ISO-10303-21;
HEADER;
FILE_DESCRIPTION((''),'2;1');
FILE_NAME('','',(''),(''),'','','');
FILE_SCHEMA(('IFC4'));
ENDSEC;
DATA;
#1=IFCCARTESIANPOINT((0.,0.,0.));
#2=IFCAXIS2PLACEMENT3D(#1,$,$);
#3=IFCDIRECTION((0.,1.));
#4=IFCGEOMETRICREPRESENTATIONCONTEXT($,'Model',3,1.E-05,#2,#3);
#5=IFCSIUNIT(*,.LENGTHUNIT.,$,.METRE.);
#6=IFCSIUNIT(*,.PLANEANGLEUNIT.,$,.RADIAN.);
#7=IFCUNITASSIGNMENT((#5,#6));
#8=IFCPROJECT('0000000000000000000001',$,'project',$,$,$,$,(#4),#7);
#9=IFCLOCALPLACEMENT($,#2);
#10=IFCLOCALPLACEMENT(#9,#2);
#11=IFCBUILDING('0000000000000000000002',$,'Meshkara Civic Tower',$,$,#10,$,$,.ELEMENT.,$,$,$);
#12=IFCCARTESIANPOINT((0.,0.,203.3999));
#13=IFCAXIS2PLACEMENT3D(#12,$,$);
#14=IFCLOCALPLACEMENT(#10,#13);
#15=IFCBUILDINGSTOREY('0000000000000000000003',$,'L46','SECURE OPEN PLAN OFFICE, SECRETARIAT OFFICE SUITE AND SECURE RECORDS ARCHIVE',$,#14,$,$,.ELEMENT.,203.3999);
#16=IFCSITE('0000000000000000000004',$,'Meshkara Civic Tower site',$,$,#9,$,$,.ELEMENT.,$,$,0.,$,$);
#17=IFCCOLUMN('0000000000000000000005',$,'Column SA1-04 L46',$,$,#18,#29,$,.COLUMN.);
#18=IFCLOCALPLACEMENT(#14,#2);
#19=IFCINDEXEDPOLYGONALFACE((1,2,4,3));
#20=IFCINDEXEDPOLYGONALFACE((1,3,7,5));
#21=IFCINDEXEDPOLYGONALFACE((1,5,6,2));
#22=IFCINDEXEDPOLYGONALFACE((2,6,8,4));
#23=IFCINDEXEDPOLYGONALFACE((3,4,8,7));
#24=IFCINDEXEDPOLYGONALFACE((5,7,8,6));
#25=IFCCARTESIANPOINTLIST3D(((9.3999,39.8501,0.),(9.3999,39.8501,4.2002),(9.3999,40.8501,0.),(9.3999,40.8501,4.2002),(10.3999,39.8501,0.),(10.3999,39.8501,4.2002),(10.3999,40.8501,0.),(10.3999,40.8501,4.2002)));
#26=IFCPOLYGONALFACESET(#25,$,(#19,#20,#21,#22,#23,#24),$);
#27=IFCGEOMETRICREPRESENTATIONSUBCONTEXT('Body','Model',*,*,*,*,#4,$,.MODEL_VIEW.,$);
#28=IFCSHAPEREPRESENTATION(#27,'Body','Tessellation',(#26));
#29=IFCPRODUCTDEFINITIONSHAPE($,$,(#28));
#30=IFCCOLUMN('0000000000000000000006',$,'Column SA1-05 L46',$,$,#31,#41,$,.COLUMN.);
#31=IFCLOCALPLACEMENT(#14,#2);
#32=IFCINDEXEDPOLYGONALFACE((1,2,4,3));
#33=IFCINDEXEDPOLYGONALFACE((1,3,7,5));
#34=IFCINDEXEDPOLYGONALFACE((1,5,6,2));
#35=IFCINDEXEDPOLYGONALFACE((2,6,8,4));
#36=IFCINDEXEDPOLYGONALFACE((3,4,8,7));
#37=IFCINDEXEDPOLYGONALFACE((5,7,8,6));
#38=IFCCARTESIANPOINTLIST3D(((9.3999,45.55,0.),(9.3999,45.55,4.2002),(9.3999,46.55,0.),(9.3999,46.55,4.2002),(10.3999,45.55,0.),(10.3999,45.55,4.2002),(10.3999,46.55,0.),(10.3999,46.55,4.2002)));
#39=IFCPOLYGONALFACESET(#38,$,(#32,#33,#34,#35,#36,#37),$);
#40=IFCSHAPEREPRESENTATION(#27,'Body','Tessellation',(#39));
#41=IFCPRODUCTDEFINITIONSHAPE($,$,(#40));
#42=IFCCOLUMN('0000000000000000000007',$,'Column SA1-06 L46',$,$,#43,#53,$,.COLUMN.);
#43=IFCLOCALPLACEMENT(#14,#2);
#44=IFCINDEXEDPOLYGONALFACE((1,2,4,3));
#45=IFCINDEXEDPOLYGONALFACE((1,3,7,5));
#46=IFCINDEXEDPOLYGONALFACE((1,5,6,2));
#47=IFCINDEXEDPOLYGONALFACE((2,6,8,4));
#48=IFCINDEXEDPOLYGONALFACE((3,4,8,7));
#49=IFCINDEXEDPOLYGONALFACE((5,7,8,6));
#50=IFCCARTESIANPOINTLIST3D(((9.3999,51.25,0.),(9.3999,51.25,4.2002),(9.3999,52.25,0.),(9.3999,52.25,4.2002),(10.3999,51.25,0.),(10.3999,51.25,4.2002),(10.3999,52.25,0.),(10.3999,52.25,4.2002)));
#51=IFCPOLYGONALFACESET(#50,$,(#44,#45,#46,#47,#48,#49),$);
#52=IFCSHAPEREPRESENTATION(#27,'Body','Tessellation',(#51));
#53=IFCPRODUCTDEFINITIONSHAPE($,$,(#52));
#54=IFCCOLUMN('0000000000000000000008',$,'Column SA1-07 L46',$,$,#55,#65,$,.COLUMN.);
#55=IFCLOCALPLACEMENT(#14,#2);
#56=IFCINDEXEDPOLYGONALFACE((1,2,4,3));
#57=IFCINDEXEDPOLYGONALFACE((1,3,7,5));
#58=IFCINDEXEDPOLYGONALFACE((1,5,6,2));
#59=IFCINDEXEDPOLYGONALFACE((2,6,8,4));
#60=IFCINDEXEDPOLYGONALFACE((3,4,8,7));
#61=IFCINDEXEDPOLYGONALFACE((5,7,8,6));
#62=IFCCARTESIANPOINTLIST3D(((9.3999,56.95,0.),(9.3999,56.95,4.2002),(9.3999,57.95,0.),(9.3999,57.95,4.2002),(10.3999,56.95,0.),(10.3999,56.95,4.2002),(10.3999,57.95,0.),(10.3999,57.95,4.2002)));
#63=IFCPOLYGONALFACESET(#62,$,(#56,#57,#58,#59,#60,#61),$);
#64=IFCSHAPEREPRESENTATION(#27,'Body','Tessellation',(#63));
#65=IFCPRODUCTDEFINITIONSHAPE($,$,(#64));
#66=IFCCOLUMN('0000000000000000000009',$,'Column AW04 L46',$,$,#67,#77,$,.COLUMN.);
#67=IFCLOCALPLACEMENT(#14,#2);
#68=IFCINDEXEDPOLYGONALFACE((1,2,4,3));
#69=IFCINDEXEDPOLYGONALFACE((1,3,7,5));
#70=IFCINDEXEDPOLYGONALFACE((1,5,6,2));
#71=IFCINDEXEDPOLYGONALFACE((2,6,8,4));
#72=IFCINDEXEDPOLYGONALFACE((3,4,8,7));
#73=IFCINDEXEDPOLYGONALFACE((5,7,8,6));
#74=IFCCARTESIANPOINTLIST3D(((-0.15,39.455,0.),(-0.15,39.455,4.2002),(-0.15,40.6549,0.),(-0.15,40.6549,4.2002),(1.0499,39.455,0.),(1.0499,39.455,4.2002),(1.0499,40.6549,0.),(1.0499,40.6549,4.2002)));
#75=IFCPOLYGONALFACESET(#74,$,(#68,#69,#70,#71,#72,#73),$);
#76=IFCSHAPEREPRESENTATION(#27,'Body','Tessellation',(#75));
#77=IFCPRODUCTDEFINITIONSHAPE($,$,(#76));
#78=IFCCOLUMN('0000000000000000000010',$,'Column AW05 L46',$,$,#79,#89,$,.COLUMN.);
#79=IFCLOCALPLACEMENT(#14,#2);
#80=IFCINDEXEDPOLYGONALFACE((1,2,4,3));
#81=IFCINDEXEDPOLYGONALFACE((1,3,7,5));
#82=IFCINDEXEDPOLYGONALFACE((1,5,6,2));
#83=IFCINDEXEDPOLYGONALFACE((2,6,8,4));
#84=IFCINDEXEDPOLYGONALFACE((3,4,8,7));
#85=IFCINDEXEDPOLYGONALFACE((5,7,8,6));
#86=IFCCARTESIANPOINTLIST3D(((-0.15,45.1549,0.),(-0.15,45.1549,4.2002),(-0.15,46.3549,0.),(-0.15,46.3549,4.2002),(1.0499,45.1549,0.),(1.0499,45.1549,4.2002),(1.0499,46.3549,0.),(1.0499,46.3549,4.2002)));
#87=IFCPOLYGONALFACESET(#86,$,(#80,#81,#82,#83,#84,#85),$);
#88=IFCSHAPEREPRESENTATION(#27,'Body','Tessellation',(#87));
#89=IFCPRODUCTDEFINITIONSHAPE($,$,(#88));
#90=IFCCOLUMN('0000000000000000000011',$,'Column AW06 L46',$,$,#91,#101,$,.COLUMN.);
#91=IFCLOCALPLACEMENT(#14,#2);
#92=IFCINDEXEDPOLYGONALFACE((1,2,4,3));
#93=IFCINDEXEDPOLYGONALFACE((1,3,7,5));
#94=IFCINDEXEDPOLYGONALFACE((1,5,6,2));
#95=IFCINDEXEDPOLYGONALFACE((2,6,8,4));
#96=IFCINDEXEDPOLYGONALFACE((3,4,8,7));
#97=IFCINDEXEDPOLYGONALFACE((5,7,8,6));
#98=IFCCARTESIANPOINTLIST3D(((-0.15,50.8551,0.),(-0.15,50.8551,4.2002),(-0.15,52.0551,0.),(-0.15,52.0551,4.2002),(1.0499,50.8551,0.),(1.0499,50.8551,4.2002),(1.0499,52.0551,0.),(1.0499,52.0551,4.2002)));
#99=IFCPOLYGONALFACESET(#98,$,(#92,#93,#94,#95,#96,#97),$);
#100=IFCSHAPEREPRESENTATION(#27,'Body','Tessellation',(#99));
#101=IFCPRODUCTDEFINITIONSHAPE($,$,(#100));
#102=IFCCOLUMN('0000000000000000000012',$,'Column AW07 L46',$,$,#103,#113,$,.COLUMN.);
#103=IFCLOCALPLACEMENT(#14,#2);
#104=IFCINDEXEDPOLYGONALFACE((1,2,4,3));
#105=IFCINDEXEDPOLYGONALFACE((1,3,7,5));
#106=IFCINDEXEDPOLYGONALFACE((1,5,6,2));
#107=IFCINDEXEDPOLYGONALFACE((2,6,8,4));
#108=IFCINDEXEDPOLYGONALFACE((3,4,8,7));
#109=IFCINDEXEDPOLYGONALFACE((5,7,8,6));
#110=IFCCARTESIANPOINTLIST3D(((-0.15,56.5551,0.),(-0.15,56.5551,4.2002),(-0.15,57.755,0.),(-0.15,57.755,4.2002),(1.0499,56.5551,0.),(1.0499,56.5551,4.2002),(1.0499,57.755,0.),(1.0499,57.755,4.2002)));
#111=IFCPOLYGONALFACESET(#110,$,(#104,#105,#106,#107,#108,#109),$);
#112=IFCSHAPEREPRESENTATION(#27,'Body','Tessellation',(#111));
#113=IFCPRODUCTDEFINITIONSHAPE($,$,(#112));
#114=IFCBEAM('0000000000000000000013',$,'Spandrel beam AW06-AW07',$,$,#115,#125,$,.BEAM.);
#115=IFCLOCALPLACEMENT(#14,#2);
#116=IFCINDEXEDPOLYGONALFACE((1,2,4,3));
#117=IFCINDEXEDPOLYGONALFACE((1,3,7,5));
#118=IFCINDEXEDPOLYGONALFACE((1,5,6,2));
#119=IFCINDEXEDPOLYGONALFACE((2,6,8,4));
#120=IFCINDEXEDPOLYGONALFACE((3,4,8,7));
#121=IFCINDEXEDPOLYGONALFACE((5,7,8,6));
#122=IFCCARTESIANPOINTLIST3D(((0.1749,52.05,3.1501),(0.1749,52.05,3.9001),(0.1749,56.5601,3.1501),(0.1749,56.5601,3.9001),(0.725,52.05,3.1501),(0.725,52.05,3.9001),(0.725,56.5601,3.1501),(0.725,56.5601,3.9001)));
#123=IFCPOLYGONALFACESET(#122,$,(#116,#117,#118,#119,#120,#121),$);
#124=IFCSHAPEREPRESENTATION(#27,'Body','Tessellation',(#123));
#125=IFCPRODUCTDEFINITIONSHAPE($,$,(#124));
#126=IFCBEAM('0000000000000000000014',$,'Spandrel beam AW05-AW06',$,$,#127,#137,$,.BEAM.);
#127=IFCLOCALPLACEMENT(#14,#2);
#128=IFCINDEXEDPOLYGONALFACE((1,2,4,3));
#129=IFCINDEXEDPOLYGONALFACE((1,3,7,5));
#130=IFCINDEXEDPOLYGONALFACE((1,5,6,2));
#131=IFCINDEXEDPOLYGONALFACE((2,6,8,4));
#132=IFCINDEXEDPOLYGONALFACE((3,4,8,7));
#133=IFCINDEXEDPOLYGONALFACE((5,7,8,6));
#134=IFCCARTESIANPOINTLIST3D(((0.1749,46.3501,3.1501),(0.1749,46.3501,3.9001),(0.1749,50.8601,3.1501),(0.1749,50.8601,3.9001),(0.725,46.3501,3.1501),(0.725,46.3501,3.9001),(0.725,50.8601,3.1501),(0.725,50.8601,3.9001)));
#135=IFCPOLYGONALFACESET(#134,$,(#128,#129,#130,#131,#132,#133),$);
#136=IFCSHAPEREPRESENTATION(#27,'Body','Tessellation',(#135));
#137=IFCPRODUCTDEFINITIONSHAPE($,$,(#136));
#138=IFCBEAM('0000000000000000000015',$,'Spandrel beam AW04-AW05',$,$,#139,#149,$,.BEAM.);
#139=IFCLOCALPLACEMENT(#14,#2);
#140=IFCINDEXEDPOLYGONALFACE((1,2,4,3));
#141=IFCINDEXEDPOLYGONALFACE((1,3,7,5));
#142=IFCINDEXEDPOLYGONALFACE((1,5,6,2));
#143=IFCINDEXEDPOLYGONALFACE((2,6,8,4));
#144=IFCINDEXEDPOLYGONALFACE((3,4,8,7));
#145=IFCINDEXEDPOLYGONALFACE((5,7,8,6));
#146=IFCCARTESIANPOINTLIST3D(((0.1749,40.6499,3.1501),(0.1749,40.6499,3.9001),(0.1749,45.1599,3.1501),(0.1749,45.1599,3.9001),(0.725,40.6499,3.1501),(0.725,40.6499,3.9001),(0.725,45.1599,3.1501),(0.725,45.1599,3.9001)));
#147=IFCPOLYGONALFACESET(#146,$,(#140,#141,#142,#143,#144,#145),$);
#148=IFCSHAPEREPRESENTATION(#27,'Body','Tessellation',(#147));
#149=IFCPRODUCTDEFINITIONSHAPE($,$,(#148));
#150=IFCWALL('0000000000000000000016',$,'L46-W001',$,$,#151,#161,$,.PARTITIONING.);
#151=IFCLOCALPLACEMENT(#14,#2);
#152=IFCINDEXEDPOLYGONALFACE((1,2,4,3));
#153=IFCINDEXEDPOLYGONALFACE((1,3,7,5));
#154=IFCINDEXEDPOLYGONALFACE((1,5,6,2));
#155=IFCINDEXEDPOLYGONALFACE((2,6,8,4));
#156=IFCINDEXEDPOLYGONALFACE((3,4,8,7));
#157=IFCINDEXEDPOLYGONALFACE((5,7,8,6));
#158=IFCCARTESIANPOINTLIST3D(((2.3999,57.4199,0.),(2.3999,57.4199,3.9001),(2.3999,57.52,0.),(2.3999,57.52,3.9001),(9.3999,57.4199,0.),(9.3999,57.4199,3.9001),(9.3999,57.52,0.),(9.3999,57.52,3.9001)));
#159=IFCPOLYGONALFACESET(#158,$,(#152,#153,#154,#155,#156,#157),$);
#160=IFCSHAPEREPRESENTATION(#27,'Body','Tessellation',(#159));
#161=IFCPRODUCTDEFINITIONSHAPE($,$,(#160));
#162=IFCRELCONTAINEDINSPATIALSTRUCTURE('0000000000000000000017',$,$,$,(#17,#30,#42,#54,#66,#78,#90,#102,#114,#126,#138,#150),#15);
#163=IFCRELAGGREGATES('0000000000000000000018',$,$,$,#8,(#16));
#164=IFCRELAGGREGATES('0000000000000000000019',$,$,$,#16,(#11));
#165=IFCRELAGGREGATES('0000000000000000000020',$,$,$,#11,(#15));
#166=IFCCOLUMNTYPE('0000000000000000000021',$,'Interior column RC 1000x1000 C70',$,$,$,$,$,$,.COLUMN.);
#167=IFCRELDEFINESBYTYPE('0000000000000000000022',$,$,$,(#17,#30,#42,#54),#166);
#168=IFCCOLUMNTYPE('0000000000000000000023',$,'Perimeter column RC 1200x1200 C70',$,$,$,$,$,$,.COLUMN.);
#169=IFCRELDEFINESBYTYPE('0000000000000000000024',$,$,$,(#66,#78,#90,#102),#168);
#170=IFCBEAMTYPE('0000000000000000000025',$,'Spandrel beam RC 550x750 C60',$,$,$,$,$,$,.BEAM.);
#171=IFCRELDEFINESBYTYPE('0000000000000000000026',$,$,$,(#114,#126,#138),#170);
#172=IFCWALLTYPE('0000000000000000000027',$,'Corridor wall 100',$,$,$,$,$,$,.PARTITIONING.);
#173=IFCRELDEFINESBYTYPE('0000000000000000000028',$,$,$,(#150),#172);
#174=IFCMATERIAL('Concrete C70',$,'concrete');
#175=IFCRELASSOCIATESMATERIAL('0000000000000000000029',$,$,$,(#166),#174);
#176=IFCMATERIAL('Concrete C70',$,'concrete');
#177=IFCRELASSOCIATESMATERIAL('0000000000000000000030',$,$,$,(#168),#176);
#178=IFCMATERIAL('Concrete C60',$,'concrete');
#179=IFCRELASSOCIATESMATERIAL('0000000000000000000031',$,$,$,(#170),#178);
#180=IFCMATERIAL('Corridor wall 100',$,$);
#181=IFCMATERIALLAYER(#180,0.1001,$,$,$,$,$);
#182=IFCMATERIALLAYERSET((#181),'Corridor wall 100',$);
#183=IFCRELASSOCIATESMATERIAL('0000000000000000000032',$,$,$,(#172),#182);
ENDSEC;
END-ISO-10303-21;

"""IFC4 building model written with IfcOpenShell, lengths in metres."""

from ifc_helpers import new_model, si_unit, direction, frame, frame_2d, origin, origin_2d, place, context, subcontext, project, spatial, rectangle, extrude, material, layer, layer_set, material_profile, profile_set, type_object, element, save


model = new_model("IFC4")

# Units and contexts
model_context = context("Model", 3, precision=1e-05, world=origin(), true_north=direction((0.0, 1.0)))
body_context = subcontext(model_context, "Body", "Model", "MODEL_VIEW")
ifc_project = project(units=[si_unit("LENGTHUNIT", "METRE"), si_unit("PLANEANGLEUNIT", "RADIAN")], contexts=[model_context])

# Site, building, storey
site_placement = place(None, origin())
site = spatial("IfcSite", under=ifc_project, at=site_placement, Name="Meshkara Civic Tower site", CompositionType="ELEMENT", RefElevation=0.0)
building_placement = place(site_placement, origin())
building = spatial("IfcBuilding", under=site, at=building_placement, Name="Meshkara Civic Tower", CompositionType="ELEMENT")
storey_placement = place(building_placement, frame((0.0, 0.0, 203.3999)))
storey = spatial("IfcBuildingStorey", under=building, at=storey_placement, Name="L46", Description="SECURE OPEN PLAN OFFICE, SECRETARIAT OFFICE SUITE AND SECURE RECORDS ARCHIVE", CompositionType="ELEMENT", Elevation=203.3999)

# Columns
ifc_material_1 = material(Name="Concrete C70", Category="concrete")
ifc_material_profile_1 = material_profile(ifc_material_1, rectangle(XDim=1.0, YDim=1.0, at=origin_2d()))
ifc_profile_set_1 = profile_set([ifc_material_profile_1], Name="Concrete C70")
column_type_1 = type_object("IfcColumnType", Name="Interior column RC 1000x1000 C70", PredefinedType="COLUMN", material=ifc_profile_set_1)
for number, where, z_axis, x_axis, name in (
    (1, (9.8999, 40.3501, 0.0), (0.0, 0.0, 1.0), (1.0, 0.0, 0.0), "Column SA1-04 L46"),
    (2, (9.8999, 46.05, 0.0), (0.0, 0.0, 1.0), (1.0, 0.0, 0.0), "Column SA1-05 L46"),
    (3, (9.8999, 51.75, 0.0), (0.0, 0.0, 1.0), (1.0, 0.0, 0.0), "Column SA1-06 L46"),
    (4, (9.8999, 57.45, 0.0), (0.0, 0.0, 1.0), (1.0, 0.0, 0.0), "Column SA1-07 L46"),
):
    element("IfcColumn", number, at=place(storey_placement, frame(where, z_axis=z_axis, x_axis=x_axis)), inside=storey, type_object=column_type_1, Name=name, PredefinedType="COLUMN", context=body_context, shape_type="SweptSolid", body=[
        extrude(rectangle(XDim=1.0, YDim=1.0, at=origin_2d()), origin(), (0.0, 0.0, 1.0), 4.2002),
    ])
ifc_material_2 = material(Name="Concrete C70", Category="concrete")
ifc_material_profile_2 = material_profile(ifc_material_2, rectangle(XDim=1.2, YDim=1.2, at=origin_2d()))
ifc_profile_set_2 = profile_set([ifc_material_profile_2], Name="Concrete C70")
column_type_2 = type_object("IfcColumnType", Name="Perimeter column RC 1200x1200 C70", PredefinedType="COLUMN", material=ifc_profile_set_2)
for number, where, z_axis, x_axis, name in (
    (5, (0.45, 40.0549, 0.0), (0.0, 0.0, 1.0), (1.0, 0.0, 0.0), "Column AW04 L46"),
    (6, (0.45, 45.7549, 0.0), (0.0, 0.0, 1.0), (1.0, 0.0, 0.0), "Column AW05 L46"),
    (7, (0.45, 51.4551, 0.0), (0.0, 0.0, 1.0), (1.0, 0.0, 0.0), "Column AW06 L46"),
    (8, (0.45, 57.155, 0.0), (0.0, 0.0, 1.0), (1.0, 0.0, 0.0), "Column AW07 L46"),
):
    element("IfcColumn", number, at=place(storey_placement, frame(where, z_axis=z_axis, x_axis=x_axis)), inside=storey, type_object=column_type_2, Name=name, PredefinedType="COLUMN", context=body_context, shape_type="SweptSolid", body=[
        extrude(rectangle(XDim=1.2, YDim=1.2, at=origin_2d()), origin(), (0.0, 0.0, 1.0), 4.2002),
    ])

# Beams
ifc_material_3 = material(Name="Concrete C60", Category="concrete")
ifc_material_profile_3 = material_profile(ifc_material_3, rectangle(XDim=0.55, YDim=0.75, at=origin_2d()))
ifc_profile_set_3 = profile_set([ifc_material_profile_3], Name="Concrete C60")
beam_type = type_object("IfcBeamType", Name="Spandrel beam RC 550x750 C60", PredefinedType="BEAM", material=ifc_profile_set_3)
for number, where, z_axis, x_axis, name in (
    (9, (0.45, 56.5601, 3.5251), (0.0, -1.0, 0.0), (1.0, 0.0, 0.0), "Spandrel beam AW06-AW07"),
    (10, (0.45, 50.8601, 3.5251), (0.0, -1.0, 0.0), (1.0, 0.0, 0.0), "Spandrel beam AW05-AW06"),
    (11, (0.45, 45.1599, 3.5251), (0.0, -1.0, 0.0), (1.0, 0.0, 0.0), "Spandrel beam AW04-AW05"),
):
    element("IfcBeam", number, at=place(storey_placement, frame(where, z_axis=z_axis, x_axis=x_axis)), inside=storey, type_object=beam_type, Name=name, PredefinedType="BEAM", context=body_context, shape_type="SweptSolid", body=[
        extrude(rectangle(XDim=0.55, YDim=0.75, at=origin_2d()), origin(), (0.0, 0.0, 1.0), 4.51),
    ])

# Wall
ifc_material_4 = material(Name="Corridor wall 100")
ifc_layer_1 = layer(ifc_material_4, 0.1001)
ifc_layer_set_1 = layer_set([ifc_layer_1], Name="Corridor wall 100")
wall_type_1 = type_object("IfcWallType", Name="Corridor wall 100", PredefinedType="PARTITIONING", material=ifc_layer_set_1)
wall_1_placement = place(storey_placement, frame((2.3999, 57.47, 0.0), z_axis=(0.0, 0.0, 1.0), x_axis=(1.0, 0.0, 0.0)))
element("IfcWall", 12, at=wall_1_placement, inside=storey, type_object=wall_type_1, Name="L46-W001", PredefinedType="PARTITIONING", context=body_context, shape_type="SweptSolid", body=[
    extrude(rectangle(XDim=7.0, YDim=0.1001, at=frame_2d((3.5, 0.0))), origin(), (0.0, 0.0, 1.0), 3.9001),
])

save(model, "model.ifc")
